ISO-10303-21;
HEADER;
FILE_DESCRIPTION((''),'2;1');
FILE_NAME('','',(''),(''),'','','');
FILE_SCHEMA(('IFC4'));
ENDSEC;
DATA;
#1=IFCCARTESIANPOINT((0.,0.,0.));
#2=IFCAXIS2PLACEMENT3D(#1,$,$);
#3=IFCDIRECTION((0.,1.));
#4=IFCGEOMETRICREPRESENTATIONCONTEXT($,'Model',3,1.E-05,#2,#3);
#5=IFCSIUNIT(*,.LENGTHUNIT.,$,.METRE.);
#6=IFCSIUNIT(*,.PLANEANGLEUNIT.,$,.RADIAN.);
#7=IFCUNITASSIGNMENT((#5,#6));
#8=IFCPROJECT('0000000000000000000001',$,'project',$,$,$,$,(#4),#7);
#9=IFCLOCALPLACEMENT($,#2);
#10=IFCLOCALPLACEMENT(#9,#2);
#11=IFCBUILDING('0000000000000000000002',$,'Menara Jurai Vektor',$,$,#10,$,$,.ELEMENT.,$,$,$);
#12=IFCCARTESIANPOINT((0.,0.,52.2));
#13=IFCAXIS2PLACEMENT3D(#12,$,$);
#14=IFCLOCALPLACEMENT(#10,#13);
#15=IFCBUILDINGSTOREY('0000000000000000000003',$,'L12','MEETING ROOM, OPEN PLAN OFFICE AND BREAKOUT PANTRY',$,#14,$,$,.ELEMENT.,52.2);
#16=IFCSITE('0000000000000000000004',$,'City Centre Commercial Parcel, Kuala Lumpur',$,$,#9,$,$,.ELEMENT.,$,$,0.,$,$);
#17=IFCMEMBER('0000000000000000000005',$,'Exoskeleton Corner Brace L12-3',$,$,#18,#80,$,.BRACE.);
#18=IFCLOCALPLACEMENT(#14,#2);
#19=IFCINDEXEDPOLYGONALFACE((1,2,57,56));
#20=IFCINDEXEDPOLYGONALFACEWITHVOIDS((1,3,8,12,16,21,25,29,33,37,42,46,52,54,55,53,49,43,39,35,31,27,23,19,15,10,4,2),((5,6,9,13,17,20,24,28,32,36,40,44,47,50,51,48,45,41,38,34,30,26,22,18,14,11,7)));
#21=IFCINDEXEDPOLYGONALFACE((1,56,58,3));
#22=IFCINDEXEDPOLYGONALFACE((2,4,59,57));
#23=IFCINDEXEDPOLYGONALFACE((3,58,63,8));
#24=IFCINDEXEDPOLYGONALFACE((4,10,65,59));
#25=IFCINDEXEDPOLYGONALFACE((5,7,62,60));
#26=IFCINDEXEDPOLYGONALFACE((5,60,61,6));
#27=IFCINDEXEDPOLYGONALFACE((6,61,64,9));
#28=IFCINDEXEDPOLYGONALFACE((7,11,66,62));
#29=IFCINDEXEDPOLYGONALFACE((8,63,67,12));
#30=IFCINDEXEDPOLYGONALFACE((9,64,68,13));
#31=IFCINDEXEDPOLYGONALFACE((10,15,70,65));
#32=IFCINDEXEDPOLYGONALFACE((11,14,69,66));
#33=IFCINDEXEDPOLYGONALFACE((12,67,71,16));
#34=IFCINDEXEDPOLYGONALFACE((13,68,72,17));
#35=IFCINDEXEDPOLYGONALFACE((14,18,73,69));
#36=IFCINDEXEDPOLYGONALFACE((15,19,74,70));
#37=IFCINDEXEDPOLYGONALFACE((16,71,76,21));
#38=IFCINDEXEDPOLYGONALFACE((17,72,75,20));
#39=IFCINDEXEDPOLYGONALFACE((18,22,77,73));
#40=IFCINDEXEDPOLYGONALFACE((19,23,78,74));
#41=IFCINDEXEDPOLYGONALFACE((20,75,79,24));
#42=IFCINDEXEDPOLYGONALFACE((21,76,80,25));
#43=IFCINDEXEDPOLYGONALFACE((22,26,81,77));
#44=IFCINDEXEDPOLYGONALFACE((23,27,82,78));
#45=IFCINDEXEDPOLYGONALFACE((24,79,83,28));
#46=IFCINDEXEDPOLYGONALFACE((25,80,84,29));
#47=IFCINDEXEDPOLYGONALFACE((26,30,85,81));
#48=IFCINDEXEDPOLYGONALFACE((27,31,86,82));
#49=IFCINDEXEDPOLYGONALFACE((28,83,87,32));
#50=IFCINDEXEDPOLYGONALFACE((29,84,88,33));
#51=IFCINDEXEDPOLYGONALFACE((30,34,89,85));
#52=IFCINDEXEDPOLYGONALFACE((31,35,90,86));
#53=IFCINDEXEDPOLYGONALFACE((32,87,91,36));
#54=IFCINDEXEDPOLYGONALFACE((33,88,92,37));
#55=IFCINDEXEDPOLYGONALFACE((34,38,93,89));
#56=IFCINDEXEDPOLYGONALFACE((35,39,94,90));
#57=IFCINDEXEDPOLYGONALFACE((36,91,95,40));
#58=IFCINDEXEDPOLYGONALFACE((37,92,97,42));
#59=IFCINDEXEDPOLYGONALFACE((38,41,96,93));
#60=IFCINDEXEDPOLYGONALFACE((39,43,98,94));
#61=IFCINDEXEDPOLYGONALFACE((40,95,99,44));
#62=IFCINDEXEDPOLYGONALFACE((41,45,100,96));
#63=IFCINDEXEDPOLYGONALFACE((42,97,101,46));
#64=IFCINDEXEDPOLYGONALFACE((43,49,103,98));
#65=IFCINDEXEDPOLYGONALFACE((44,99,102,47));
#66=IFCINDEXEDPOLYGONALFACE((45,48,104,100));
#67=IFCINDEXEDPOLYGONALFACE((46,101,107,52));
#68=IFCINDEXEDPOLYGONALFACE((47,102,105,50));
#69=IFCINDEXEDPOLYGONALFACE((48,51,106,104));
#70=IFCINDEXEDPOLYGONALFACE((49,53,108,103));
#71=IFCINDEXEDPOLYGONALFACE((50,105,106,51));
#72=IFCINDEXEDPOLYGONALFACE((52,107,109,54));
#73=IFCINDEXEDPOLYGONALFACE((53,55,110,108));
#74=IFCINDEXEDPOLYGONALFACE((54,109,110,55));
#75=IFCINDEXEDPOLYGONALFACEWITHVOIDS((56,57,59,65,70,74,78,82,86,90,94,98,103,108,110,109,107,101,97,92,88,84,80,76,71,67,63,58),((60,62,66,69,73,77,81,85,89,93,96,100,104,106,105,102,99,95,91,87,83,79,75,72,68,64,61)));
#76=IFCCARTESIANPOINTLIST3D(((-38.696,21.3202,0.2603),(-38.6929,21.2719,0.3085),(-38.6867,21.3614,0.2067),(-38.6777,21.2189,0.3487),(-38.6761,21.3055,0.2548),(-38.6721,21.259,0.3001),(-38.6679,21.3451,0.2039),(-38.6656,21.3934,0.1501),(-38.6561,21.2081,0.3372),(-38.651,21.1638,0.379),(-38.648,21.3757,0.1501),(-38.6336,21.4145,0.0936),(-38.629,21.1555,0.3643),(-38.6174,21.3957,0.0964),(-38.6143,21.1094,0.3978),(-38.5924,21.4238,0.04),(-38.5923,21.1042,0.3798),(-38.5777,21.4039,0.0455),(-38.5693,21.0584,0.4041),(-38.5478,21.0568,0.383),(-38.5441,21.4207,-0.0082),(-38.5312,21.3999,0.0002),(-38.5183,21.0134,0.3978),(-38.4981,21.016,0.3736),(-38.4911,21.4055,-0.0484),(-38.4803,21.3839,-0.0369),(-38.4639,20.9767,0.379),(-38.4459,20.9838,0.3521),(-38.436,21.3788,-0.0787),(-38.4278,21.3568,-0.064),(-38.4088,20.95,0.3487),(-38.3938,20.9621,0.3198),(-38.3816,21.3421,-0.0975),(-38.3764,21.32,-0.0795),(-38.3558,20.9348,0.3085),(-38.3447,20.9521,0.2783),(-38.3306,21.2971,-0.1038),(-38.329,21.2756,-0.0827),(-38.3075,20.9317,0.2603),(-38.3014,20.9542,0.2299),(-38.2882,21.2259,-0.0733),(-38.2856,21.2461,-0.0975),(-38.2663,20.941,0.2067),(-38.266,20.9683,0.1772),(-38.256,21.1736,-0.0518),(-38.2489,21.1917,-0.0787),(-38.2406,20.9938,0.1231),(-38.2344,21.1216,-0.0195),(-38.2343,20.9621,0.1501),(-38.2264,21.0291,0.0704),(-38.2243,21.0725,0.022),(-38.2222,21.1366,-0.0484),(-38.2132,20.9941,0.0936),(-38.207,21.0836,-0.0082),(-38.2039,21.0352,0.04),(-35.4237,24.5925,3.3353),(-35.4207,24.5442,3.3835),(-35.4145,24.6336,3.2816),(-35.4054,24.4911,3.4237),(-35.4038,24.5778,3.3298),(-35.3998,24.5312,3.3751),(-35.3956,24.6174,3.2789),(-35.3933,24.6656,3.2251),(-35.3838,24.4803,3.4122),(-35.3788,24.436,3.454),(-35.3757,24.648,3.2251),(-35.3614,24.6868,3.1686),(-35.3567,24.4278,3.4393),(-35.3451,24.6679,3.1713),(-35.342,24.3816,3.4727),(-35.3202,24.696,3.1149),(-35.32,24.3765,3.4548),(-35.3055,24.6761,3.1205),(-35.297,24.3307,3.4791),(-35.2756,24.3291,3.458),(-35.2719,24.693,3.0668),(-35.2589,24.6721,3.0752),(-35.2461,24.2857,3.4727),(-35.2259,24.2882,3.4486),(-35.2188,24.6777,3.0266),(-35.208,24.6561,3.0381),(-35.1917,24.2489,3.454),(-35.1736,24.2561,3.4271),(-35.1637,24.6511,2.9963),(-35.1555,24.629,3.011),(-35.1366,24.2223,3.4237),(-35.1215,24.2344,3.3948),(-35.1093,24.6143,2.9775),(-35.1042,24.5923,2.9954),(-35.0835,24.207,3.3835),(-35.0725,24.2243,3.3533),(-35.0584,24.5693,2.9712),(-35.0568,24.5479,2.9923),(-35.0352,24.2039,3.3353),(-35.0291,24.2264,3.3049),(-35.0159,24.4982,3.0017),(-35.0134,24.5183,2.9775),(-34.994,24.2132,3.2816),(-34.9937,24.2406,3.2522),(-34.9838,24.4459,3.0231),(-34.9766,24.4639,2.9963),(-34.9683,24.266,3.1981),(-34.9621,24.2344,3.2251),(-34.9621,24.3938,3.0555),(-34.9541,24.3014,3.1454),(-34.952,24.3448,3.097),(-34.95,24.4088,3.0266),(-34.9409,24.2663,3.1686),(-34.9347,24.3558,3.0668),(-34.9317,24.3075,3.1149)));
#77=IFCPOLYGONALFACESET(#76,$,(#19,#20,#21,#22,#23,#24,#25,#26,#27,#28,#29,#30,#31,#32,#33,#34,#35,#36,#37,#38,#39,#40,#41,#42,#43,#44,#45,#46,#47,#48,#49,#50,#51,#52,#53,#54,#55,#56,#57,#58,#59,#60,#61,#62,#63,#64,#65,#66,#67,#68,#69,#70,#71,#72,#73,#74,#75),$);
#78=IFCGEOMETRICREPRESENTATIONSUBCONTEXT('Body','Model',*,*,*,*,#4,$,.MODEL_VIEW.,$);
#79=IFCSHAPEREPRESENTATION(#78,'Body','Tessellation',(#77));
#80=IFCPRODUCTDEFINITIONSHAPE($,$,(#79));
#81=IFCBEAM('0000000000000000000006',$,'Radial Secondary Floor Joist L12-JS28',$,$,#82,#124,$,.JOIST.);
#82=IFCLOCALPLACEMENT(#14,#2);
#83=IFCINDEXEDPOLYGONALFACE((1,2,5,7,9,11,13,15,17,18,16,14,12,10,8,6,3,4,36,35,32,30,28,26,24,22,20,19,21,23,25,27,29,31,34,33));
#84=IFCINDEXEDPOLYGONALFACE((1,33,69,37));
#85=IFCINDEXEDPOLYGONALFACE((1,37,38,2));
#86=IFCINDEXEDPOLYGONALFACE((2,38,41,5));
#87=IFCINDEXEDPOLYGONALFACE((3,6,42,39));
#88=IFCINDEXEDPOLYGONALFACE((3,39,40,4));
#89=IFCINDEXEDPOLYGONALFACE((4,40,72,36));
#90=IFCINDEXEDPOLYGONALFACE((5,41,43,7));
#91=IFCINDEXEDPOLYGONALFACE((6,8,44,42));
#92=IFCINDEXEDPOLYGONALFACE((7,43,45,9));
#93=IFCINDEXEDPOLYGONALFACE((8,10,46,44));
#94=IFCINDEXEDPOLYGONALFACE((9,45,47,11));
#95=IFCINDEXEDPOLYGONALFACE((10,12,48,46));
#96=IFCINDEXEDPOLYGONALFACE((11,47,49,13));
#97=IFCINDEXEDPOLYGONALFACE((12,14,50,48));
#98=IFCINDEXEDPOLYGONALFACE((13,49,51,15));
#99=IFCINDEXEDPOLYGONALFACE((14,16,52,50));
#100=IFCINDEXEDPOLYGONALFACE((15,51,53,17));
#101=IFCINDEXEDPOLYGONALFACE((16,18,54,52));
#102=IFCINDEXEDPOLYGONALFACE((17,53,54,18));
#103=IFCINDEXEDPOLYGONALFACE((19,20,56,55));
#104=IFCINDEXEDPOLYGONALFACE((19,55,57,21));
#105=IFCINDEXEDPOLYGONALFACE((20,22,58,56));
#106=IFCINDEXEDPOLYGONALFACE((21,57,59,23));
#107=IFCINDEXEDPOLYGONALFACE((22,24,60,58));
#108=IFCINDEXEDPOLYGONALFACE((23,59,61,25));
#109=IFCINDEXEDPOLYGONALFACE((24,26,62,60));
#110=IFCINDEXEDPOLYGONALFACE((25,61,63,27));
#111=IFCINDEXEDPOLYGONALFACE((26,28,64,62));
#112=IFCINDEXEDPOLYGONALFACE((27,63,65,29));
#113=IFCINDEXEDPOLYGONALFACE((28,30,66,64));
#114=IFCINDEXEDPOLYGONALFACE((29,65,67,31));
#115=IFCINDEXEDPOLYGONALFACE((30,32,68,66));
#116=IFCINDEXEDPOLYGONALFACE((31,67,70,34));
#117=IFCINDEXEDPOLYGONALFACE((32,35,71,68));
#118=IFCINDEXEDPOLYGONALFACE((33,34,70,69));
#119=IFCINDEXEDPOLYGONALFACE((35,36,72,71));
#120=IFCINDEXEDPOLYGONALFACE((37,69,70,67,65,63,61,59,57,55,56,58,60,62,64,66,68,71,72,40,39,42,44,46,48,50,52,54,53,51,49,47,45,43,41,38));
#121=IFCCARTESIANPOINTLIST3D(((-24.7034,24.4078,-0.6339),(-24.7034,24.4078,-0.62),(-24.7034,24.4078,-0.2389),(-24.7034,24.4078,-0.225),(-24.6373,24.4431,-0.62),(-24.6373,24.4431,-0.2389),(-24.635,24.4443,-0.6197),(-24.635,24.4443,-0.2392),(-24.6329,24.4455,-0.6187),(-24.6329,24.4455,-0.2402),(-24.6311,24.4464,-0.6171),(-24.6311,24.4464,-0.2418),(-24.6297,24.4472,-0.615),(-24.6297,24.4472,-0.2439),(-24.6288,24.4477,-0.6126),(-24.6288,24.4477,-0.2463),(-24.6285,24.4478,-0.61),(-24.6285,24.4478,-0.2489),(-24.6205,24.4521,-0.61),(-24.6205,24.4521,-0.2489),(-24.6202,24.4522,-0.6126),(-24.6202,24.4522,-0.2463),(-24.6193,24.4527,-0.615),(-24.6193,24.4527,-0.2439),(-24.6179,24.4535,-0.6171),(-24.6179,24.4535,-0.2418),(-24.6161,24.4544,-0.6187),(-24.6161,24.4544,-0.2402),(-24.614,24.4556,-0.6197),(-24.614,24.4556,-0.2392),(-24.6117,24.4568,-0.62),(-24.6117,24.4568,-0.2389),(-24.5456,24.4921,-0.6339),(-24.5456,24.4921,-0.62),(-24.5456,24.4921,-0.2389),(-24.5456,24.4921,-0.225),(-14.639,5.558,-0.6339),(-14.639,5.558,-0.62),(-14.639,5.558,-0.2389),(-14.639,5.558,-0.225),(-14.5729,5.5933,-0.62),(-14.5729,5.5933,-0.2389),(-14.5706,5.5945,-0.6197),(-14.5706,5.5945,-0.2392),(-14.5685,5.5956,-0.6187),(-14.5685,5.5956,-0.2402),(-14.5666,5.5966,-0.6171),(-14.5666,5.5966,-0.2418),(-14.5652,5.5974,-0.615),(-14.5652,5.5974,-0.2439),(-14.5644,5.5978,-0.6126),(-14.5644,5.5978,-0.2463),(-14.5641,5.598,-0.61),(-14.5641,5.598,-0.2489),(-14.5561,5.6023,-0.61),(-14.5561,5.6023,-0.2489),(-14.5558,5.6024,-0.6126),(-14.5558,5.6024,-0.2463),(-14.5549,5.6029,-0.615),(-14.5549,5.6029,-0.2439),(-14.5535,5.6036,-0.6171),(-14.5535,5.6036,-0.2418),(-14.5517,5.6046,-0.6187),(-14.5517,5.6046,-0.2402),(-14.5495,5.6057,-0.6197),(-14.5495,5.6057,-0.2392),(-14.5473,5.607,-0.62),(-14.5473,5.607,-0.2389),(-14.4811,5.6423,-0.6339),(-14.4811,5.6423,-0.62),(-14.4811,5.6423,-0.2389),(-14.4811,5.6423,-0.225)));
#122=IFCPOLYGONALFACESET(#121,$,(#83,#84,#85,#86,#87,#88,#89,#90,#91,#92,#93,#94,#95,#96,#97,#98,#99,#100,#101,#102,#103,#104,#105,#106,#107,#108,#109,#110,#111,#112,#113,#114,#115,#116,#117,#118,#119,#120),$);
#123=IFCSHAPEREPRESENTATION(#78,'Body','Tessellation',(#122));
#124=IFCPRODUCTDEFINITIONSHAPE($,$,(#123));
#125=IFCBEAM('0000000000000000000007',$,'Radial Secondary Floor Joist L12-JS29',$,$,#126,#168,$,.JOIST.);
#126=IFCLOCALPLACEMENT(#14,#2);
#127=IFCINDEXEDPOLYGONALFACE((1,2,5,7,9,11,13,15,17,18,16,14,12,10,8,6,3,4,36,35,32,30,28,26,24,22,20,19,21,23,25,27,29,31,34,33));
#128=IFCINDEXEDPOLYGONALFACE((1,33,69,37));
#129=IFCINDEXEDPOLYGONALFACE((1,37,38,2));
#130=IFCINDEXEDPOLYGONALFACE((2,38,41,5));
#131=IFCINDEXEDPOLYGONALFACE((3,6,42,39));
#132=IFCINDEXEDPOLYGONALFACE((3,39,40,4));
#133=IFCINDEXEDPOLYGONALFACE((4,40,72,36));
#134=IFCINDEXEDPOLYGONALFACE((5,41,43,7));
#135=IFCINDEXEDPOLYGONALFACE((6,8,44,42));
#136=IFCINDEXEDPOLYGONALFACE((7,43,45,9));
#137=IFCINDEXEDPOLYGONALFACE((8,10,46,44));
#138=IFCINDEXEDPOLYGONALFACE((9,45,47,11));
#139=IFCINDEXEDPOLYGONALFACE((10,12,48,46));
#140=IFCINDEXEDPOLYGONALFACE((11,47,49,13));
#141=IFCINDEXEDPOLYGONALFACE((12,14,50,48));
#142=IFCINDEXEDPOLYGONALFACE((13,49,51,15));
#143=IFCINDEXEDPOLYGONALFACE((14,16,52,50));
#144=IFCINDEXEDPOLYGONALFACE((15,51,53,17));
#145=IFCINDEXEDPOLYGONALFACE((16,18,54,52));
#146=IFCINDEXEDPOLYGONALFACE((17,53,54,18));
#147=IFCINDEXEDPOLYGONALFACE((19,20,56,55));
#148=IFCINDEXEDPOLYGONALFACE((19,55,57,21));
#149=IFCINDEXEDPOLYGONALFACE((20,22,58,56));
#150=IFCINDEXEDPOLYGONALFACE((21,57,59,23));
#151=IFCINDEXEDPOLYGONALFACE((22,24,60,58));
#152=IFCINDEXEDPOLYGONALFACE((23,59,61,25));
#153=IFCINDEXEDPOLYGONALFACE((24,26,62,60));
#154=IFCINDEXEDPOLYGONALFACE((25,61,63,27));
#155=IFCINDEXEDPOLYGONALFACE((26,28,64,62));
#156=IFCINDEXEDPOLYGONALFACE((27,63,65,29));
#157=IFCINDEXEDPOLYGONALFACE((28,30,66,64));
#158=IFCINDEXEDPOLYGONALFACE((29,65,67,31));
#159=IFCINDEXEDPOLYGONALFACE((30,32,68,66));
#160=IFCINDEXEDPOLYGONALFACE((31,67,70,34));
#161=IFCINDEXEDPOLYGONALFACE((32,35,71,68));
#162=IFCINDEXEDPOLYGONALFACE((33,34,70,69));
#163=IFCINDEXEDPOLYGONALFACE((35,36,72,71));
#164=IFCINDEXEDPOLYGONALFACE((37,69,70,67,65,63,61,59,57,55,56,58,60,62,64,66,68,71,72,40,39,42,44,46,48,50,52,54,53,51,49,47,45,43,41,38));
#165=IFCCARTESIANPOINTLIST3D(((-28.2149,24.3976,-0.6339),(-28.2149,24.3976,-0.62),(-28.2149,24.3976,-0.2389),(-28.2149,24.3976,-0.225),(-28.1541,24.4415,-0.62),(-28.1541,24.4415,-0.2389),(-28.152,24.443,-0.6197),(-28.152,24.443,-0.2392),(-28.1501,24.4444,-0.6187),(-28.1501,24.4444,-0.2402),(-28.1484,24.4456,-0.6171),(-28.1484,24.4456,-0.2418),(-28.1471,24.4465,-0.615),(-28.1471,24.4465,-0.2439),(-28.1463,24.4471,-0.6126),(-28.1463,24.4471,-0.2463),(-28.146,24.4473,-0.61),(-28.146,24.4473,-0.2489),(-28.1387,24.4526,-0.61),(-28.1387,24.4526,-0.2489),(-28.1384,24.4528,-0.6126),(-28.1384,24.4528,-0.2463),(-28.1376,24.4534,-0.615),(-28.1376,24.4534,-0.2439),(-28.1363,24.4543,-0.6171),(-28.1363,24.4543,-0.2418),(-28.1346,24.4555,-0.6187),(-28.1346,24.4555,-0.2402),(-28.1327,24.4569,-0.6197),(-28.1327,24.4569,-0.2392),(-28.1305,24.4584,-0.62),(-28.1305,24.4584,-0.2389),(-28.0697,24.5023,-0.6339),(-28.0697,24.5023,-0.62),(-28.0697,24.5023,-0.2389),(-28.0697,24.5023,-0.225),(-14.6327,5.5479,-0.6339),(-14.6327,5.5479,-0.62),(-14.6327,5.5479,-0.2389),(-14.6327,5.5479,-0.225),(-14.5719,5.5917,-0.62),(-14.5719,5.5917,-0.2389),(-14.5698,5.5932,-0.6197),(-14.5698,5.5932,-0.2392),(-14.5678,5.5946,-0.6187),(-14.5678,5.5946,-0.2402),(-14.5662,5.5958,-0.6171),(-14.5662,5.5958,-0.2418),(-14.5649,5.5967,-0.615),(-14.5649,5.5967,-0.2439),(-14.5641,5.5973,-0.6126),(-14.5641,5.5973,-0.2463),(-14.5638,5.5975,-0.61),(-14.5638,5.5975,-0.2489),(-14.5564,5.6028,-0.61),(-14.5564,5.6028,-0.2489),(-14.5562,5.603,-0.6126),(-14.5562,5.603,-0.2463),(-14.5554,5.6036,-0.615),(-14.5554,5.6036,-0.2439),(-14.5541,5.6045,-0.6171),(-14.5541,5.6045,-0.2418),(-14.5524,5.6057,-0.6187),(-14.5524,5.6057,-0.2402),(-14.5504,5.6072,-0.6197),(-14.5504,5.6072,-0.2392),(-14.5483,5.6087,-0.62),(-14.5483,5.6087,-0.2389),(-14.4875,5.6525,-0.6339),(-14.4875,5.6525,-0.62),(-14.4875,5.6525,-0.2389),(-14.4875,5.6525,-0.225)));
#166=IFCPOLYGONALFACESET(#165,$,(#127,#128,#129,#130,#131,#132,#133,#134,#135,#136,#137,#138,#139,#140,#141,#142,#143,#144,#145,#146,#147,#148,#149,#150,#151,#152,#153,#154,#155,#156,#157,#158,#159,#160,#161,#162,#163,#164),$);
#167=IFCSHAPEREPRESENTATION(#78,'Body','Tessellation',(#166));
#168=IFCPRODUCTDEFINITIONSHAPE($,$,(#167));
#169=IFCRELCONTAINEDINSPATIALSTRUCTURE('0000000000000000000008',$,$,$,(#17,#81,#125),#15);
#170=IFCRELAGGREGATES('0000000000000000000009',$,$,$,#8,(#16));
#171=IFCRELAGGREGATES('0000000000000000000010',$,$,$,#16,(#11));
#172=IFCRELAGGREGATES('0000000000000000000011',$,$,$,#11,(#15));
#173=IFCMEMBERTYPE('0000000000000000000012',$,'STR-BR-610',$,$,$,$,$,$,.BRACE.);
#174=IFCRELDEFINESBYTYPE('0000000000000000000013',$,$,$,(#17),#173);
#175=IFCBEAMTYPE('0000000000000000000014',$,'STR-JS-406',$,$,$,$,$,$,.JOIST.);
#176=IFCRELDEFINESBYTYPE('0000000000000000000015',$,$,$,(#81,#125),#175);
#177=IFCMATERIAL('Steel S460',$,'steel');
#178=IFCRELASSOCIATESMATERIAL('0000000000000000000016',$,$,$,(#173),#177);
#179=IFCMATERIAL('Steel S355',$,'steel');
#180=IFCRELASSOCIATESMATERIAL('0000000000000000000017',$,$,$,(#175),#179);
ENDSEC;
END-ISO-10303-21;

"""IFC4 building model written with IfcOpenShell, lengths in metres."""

from ifc_helpers import new_model, si_unit, direction, frame, origin, origin_2d, place, context, subcontext, project, spatial, hollow_circle, i_section, extrude, material, material_profile, profile_set, type_object, element, save


model = new_model("IFC4")

# Units and contexts
model_context = context("Model", 3, precision=1e-05, world=origin(), true_north=direction((0.0, 1.0)))
body_context = subcontext(model_context, "Body", "Model", "MODEL_VIEW")
ifc_project = project(units=[si_unit("LENGTHUNIT", "METRE"), si_unit("PLANEANGLEUNIT", "RADIAN")], contexts=[model_context])

# Site, building, storey
site_placement = place(None, origin())
site = spatial("IfcSite", under=ifc_project, at=site_placement, Name="City Centre Commercial Parcel, Kuala Lumpur", CompositionType="ELEMENT", RefElevation=0.0)
building_placement = place(site_placement, origin())
building = spatial("IfcBuilding", under=site, at=building_placement, Name="Menara Jurai Vektor", CompositionType="ELEMENT")
storey_placement = place(building_placement, frame((0.0, 0.0, 52.2)))
storey = spatial("IfcBuildingStorey", under=building, at=storey_placement, Name="L12", Description="MEETING ROOM, OPEN PLAN OFFICE AND BREAKOUT PANTRY", CompositionType="ELEMENT", Elevation=52.2)

# Shared definitions
ifc_material_1 = material(Name="Steel S460", Category="steel")

# Shared definitions
ifc_material_2 = material(Name="Steel S355", Category="steel")

# Member
ifc_material_profile_1 = material_profile(ifc_material_1, hollow_circle(Radius=0.3049, WallThickness=0.0249, at=origin_2d()), Name="CHS 610x25")
ifc_profile_set_1 = profile_set([ifc_material_profile_1], Name="Steel S460")
member_type_1 = type_object("IfcMemberType", Name="STR-BR-610", PredefinedType="BRACE", material=ifc_profile_set_1)
member_1_placement = place(storey_placement, frame((-38.45, 21.1777, 0.1501), z_axis=(0.588942, 0.588942, 0.553438), x_axis=(-0.707107, 0.707107, 0.0)))
element("IfcMember", 1, at=member_1_placement, inside=storey, type_object=member_type_1, Name="Exoskeleton Corner Brace L12-3", PredefinedType="BRACE", context=body_context, shape_type="SweptSolid", body=[
    extrude(hollow_circle(Radius=0.3049, WallThickness=0.0249, at=origin_2d()), origin(), (0.0, 0.0, 1.0), 5.5562),
])

# Beams
ifc_material_profile_2 = material_profile(ifc_material_2, i_section(OverallWidth=0.179, OverallDepth=0.4089, WebThickness=0.009, FlangeThickness=0.0139, FilletRadius=0.01, at=origin_2d()), Name="UKB 406x178x67")
ifc_profile_set_2 = profile_set([ifc_material_profile_2], Name="Steel S355")
beam_type_1 = type_object("IfcBeamType", Name="STR-JS-406", PredefinedType="JOIST", material=ifc_profile_set_2)
beam_1_placement = place(storey_placement, frame((-24.6245, 24.45, -0.4294), z_axis=(0.470996, -0.882135, 0.0), x_axis=(0.882135, 0.470996, 0.0)))
element("IfcBeam", 2, at=beam_1_placement, inside=storey, type_object=beam_type_1, Name="Radial Secondary Floor Joist L12-JS28", PredefinedType="JOIST", context=body_context, shape_type="SweptSolid", body=[
    extrude(i_section(OverallWidth=0.179, OverallDepth=0.4089, WebThickness=0.009, FlangeThickness=0.0139, FilletRadius=0.01, at=origin_2d()), origin(), (0.0, 0.0, 1.0), 21.3684),
])
beam_2_placement = place(storey_placement, frame((-28.1423, 24.45, -0.4294), z_axis=(0.584599, -0.811322, 0.0), x_axis=(0.811322, 0.584599, 0.0)))
element("IfcBeam", 3, at=beam_2_placement, inside=storey, type_object=beam_type_1, Name="Radial Secondary Floor Joist L12-JS29", PredefinedType="JOIST", context=body_context, shape_type="SweptSolid", body=[
    extrude(i_section(OverallWidth=0.179, OverallDepth=0.4089, WebThickness=0.009, FlangeThickness=0.0139, FilletRadius=0.01, at=origin_2d()), origin(), (0.0, 0.0, 1.0), 23.2334),
])

save(model, "model.ifc")
